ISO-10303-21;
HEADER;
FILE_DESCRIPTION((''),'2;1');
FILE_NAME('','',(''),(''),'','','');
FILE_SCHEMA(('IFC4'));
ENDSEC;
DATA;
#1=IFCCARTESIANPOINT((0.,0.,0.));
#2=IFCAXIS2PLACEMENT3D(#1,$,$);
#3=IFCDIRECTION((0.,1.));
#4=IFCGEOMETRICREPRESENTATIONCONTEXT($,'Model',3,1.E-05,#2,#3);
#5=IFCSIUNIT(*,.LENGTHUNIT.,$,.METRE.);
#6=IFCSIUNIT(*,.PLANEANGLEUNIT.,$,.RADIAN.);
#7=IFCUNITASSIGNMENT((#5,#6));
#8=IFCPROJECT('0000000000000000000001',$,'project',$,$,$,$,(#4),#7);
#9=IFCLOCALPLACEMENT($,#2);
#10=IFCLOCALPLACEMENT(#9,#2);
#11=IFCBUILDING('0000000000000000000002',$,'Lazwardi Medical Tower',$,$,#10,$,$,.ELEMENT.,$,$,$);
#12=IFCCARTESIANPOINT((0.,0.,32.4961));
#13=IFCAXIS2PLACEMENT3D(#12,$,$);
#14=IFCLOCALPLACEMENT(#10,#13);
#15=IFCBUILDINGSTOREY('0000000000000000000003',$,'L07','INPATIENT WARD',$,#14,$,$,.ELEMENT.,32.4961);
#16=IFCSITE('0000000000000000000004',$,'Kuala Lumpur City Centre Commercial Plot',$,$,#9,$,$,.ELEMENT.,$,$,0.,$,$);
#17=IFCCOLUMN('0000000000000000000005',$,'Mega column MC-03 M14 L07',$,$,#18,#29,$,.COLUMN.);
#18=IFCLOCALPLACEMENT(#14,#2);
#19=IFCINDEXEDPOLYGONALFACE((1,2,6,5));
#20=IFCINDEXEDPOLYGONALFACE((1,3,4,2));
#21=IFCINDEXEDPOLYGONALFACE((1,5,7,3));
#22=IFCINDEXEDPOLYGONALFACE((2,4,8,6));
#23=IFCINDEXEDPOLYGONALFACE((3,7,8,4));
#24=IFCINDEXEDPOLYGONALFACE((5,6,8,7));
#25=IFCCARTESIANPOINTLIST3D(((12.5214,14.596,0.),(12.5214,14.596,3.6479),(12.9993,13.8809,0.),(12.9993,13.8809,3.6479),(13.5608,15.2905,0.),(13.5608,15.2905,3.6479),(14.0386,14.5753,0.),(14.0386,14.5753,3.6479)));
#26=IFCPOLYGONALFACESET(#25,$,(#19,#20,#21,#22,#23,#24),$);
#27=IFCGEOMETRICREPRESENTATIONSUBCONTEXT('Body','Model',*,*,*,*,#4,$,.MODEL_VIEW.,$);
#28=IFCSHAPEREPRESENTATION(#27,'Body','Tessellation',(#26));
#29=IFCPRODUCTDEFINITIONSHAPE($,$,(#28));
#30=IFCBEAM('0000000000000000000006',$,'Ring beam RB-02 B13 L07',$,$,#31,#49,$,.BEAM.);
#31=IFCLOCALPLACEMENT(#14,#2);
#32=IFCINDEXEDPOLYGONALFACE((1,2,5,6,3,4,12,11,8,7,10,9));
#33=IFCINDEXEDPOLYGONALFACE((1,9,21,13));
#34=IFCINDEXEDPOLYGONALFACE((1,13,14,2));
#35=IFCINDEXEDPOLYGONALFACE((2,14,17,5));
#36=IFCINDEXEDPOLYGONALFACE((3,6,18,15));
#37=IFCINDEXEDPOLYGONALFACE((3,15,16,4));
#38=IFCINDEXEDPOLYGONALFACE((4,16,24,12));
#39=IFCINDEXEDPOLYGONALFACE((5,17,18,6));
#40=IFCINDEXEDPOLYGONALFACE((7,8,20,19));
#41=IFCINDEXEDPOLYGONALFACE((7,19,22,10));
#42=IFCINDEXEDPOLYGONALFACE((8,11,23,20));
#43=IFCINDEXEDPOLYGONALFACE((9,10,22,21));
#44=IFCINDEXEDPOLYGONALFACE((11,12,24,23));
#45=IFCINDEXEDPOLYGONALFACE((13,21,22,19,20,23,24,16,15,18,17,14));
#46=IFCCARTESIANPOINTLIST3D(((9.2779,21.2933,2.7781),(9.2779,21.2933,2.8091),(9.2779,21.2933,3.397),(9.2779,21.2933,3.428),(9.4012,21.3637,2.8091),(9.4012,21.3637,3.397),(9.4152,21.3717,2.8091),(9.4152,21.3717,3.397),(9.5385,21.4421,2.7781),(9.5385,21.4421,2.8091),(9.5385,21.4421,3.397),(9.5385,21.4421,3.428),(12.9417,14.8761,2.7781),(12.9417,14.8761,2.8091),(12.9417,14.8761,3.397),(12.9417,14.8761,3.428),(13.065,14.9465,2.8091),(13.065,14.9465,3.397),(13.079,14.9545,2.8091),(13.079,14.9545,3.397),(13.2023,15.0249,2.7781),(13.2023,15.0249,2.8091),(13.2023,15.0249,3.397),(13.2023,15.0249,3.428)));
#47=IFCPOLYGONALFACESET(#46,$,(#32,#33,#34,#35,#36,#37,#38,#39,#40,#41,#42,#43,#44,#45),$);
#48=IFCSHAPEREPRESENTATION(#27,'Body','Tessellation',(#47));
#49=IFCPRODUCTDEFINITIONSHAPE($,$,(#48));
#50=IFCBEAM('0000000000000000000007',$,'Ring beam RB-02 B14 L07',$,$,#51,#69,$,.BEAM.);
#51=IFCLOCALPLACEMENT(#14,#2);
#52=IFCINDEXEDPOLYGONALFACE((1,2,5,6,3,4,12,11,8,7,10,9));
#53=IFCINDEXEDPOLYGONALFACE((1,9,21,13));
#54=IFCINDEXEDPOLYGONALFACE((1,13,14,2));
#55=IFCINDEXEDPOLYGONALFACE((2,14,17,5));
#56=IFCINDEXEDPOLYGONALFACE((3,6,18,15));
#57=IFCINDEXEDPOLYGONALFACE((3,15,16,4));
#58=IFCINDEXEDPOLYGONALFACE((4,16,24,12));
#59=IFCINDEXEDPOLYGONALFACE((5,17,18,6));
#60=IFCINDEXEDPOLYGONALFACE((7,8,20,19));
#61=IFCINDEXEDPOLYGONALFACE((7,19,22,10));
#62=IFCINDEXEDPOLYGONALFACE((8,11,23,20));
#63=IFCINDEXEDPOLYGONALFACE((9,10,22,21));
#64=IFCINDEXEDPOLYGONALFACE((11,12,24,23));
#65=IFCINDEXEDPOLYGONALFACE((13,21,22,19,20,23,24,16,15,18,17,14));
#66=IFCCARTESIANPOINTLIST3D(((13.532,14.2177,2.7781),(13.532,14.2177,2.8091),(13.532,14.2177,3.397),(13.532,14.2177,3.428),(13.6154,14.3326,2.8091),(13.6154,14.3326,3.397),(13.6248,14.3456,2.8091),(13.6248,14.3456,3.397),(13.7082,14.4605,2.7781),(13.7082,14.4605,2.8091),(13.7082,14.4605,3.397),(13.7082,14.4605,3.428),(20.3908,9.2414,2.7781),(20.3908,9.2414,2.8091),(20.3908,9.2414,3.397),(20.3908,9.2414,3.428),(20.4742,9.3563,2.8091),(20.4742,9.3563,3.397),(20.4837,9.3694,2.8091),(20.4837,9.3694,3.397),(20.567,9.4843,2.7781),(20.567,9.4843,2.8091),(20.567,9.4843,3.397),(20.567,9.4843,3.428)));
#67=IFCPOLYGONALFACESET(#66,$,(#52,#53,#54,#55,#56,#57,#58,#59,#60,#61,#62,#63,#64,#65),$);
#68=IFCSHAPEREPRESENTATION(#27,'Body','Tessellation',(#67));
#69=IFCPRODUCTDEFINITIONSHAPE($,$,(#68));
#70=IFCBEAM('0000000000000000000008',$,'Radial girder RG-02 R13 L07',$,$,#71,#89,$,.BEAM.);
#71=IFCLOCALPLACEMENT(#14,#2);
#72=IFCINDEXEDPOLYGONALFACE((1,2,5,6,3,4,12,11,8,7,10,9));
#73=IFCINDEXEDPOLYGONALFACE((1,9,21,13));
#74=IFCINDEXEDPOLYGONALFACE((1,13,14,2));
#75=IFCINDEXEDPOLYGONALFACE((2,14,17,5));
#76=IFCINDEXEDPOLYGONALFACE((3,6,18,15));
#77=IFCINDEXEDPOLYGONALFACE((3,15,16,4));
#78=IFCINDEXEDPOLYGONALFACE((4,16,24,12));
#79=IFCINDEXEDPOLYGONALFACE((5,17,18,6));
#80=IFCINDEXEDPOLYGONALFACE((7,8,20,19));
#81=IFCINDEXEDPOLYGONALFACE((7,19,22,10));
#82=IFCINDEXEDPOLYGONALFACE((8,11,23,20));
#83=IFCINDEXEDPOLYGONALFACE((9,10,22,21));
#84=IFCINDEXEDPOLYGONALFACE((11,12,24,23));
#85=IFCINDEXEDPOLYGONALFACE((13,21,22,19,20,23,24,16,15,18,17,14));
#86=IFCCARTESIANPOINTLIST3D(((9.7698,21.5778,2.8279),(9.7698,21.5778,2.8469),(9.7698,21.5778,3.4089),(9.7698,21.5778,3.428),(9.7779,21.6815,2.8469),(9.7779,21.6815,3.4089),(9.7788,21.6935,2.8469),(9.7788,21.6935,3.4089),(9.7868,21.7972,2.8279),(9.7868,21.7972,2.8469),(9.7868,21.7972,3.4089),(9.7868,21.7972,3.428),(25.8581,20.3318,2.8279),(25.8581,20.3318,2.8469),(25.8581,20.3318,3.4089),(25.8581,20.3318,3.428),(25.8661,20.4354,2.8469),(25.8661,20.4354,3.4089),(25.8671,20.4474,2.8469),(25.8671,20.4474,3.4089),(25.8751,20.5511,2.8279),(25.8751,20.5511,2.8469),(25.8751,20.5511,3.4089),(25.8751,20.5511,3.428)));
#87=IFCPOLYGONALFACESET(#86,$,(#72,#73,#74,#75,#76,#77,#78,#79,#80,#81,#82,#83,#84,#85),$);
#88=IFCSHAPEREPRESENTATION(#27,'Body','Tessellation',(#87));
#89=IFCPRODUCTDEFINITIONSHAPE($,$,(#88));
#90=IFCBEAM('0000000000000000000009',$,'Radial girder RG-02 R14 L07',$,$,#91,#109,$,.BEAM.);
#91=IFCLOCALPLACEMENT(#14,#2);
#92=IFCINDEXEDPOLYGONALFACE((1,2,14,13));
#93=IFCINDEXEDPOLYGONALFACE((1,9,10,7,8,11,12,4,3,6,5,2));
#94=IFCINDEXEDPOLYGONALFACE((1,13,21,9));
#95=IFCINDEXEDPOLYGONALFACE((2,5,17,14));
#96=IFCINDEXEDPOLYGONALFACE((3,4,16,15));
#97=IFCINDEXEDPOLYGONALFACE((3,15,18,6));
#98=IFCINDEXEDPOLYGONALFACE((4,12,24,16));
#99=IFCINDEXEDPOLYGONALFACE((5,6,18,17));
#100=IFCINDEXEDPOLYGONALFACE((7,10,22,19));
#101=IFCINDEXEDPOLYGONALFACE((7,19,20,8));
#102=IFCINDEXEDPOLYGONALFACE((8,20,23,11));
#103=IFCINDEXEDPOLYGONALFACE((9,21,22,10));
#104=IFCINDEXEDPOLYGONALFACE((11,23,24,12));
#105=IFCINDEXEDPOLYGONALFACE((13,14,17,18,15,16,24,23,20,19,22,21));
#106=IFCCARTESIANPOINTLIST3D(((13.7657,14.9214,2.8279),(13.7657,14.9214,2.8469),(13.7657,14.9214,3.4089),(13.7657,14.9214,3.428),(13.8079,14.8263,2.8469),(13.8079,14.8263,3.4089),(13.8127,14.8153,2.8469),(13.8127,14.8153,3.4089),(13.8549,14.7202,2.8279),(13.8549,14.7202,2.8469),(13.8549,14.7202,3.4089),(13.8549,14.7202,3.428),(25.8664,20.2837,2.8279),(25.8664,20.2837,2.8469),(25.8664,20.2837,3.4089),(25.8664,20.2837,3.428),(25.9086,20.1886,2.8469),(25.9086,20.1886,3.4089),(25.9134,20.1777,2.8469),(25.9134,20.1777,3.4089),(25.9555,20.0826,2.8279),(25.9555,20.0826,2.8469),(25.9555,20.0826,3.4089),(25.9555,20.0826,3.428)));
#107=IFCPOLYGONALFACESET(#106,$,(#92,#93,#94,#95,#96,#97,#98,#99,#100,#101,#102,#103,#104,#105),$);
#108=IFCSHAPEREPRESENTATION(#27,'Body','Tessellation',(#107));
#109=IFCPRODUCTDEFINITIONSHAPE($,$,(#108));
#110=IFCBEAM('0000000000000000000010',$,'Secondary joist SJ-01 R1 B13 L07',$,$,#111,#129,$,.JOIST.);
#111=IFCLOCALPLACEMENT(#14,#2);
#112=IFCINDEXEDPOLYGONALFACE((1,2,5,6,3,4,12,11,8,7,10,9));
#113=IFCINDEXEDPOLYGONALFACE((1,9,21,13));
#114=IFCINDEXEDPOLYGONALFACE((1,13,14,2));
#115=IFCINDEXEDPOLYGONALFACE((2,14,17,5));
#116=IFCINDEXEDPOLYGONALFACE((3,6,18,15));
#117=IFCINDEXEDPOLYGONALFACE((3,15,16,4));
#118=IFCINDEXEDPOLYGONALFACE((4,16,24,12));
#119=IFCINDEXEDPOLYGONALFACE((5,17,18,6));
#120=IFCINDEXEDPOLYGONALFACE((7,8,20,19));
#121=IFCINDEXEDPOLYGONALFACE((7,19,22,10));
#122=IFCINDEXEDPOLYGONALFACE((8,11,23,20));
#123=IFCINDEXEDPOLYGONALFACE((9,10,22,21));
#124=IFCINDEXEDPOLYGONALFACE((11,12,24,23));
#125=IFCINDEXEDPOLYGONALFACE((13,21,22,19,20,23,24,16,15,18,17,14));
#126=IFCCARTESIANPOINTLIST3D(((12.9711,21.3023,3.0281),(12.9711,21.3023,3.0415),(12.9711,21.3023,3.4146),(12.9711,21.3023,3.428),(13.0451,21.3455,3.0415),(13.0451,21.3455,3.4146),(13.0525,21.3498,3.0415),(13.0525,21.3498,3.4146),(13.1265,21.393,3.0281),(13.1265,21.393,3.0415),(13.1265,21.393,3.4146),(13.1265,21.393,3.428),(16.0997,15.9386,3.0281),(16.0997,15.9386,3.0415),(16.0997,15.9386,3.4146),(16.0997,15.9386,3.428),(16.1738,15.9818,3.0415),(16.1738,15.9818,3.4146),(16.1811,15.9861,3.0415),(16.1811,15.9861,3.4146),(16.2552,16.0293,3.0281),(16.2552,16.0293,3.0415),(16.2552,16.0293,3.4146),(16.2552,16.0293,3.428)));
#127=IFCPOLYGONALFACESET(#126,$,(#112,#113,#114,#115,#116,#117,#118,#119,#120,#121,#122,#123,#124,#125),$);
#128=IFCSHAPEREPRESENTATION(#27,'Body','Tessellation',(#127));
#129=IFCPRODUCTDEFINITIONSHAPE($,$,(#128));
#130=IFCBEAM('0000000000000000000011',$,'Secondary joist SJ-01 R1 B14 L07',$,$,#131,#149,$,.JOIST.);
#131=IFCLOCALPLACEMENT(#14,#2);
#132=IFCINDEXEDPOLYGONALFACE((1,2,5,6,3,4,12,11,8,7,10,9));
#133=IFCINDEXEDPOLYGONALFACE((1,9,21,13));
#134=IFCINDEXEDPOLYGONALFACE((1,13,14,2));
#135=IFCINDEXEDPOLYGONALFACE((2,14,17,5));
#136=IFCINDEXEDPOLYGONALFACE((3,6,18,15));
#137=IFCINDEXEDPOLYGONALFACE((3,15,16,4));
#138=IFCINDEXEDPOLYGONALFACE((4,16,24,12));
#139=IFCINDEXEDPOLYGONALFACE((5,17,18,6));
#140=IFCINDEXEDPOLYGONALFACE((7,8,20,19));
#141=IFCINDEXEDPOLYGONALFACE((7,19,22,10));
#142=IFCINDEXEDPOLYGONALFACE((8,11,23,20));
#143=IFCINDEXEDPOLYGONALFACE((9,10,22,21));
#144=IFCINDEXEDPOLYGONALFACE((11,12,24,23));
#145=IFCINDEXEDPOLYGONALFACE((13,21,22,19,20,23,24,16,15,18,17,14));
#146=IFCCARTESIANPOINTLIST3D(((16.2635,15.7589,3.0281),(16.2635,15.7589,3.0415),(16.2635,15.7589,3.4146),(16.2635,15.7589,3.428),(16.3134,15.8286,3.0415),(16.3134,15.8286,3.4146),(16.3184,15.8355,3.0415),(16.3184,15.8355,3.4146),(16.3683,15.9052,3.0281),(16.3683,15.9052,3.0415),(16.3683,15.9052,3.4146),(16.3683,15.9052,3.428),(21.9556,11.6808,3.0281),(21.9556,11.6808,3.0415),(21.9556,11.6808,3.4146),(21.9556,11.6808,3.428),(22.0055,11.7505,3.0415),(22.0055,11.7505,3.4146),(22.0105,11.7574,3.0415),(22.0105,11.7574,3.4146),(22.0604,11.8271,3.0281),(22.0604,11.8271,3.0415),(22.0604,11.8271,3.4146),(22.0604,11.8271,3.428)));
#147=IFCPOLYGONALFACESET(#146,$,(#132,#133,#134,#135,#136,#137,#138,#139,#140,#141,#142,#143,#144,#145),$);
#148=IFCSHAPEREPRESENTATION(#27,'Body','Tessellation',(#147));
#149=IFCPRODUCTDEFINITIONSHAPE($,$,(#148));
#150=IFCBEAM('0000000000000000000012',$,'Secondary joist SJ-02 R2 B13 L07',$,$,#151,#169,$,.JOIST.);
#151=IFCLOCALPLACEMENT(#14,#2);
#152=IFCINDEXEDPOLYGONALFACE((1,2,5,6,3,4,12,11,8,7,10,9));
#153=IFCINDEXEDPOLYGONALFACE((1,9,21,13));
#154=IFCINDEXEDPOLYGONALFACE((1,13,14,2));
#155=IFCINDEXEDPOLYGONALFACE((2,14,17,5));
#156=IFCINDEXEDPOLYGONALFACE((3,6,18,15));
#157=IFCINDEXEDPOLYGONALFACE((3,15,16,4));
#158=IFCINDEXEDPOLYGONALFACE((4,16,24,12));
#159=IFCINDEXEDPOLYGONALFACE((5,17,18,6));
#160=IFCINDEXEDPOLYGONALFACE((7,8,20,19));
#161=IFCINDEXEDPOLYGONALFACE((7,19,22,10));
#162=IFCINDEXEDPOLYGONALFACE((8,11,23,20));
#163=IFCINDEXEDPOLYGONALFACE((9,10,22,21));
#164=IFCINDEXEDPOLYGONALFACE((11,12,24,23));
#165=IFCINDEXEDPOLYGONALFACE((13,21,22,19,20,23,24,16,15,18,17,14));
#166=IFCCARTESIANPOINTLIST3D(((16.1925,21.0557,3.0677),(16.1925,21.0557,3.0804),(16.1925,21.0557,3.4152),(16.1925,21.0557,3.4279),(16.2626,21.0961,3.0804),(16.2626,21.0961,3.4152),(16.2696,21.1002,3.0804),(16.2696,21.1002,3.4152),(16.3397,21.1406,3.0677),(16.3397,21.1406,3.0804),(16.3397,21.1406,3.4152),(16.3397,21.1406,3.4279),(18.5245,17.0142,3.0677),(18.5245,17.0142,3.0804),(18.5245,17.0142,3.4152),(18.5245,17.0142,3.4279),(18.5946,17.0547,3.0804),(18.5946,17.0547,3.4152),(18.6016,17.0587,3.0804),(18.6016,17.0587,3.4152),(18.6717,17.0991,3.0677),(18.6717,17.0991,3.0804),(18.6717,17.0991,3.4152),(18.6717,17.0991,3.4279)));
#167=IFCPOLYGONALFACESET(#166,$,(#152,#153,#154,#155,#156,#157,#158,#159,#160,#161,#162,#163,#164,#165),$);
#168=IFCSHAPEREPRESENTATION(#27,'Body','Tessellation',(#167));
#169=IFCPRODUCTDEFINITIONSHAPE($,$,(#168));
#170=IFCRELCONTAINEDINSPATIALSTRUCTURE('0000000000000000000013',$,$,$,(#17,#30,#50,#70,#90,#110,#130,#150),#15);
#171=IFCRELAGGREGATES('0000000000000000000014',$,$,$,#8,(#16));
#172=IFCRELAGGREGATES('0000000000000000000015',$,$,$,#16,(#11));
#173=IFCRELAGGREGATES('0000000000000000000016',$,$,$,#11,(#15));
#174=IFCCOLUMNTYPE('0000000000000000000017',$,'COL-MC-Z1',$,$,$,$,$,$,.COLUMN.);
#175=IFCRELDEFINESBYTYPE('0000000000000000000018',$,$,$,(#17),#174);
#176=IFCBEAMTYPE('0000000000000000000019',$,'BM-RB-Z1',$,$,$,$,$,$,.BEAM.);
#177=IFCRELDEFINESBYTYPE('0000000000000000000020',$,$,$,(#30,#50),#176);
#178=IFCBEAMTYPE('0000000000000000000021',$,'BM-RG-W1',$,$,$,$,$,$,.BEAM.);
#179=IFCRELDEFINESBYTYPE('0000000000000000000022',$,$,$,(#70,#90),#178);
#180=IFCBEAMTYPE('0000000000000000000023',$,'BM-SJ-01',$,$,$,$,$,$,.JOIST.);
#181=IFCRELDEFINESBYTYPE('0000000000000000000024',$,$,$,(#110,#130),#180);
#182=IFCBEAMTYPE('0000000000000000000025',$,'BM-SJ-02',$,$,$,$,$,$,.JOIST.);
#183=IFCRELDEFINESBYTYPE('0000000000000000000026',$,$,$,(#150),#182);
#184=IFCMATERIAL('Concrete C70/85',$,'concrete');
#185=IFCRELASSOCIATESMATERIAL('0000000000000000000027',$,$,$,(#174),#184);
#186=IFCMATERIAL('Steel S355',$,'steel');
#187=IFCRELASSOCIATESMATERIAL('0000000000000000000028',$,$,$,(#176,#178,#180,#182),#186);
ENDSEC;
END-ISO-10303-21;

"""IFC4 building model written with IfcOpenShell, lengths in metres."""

from ifc_helpers import new_model, si_unit, direction, frame, origin, origin_2d, place, context, subcontext, project, spatial, rectangle, i_section, extrude, material, material_profile, profile_set, type_object, element, save


model = new_model("IFC4")

# Units and contexts
model_context = context("Model", 3, precision=1e-05, world=origin(), true_north=direction((0.0, 1.0)))
body_context = subcontext(model_context, "Body", "Model", "MODEL_VIEW")
ifc_project = project(units=[si_unit("LENGTHUNIT", "METRE"), si_unit("PLANEANGLEUNIT", "RADIAN")], contexts=[model_context])

# Site, building, storey
site_placement = place(None, origin())
site = spatial("IfcSite", under=ifc_project, at=site_placement, Name="Kuala Lumpur City Centre Commercial Plot", CompositionType="ELEMENT", RefElevation=0.0)
building_placement = place(site_placement, origin())
building = spatial("IfcBuilding", under=site, at=building_placement, Name="Lazwardi Medical Tower", CompositionType="ELEMENT")
storey_placement = place(building_placement, frame((0.0, 0.0, 32.4961)))
storey = spatial("IfcBuildingStorey", under=building, at=storey_placement, Name="L07", Description="INPATIENT WARD", CompositionType="ELEMENT", Elevation=32.4961)

# Column
ifc_material_1 = material(Name="Concrete C70/85", Category="concrete")
ifc_material_profile_1 = material_profile(ifc_material_1, rectangle(XDim=1.25, YDim=0.8601, at=origin_2d()), Name="CFT-RECT 1250x860")
ifc_profile_set_1 = profile_set([ifc_material_profile_1], Name="Concrete C70/85")
column_type = type_object("IfcColumnType", Name="COL-MC-Z1", PredefinedType="COLUMN", material=ifc_profile_set_1)
column_placement = place(storey_placement, frame((13.28, 14.5857, 0.0), z_axis=(0.0, 0.0, 1.0), x_axis=(-0.83147, -0.55557, 0.0)))
element("IfcColumn", 1, at=column_placement, inside=storey, type_object=column_type, Name="Mega column MC-03 M14 L07", PredefinedType="COLUMN", context=body_context, shape_type="SweptSolid", body=[
    extrude(rectangle(XDim=1.25, YDim=0.8601, at=origin_2d()), origin(), (0.0, 0.0, 1.0), 3.6479),
])

# Beams
ifc_material_2 = material(Name="Steel S355", Category="steel")
ifc_material_profile_2 = material_profile(ifc_material_2, i_section(OverallWidth=0.3, OverallDepth=0.6499, WebThickness=0.0161, FlangeThickness=0.031, at=origin_2d()), Name="HEB 650")
ifc_profile_set_2 = profile_set([ifc_material_profile_2], Name="Steel S355")
beam_type_1 = type_object("IfcBeamType", Name="BM-RB-Z1", PredefinedType="BEAM", material=ifc_profile_set_2)
beam_1_placement = place(storey_placement, frame((9.4082, 21.3677, 3.103), z_axis=(0.495815, -0.868428, 0.0), x_axis=(0.868428, 0.495815, 0.0)))
element("IfcBeam", 2, at=beam_1_placement, inside=storey, type_object=beam_type_1, Name="Ring beam RB-02 B13 L07", PredefinedType="BEAM", context=body_context, shape_type="SweptSolid", body=[
    extrude(i_section(OverallWidth=0.3, OverallDepth=0.6499, WebThickness=0.0161, FlangeThickness=0.031, at=origin_2d()), origin(), (0.0, 0.0, 1.0), 7.3894),
])
beam_2_placement = place(storey_placement, frame((13.6201, 14.3391, 3.103), z_axis=(0.809407, -0.587248, 0.0), x_axis=(0.587248, 0.809407, 0.0)))
element("IfcBeam", 3, at=beam_2_placement, inside=storey, type_object=beam_type_1, Name="Ring beam RB-02 B14 L07", PredefinedType="BEAM", context=body_context, shape_type="SweptSolid", body=[
    extrude(i_section(OverallWidth=0.3, OverallDepth=0.6499, WebThickness=0.0161, FlangeThickness=0.031, at=origin_2d()), origin(), (0.0, 0.0, 1.0), 8.4739),
])
ifc_material_profile_3 = material_profile(ifc_material_2, i_section(OverallWidth=0.22, OverallDepth=0.6001, WebThickness=0.012, FlangeThickness=0.019, at=origin_2d()), Name="IPE 600")
ifc_profile_set_3 = profile_set([ifc_material_profile_3], Name="Steel S355")
beam_type_2 = type_object("IfcBeamType", Name="BM-RG-W1", PredefinedType="BEAM", material=ifc_profile_set_3)
beam_3_placement = place(storey_placement, frame((9.7783, 21.6875, 3.1279), z_axis=(0.997014, -0.077222, 0.0), x_axis=(0.077222, 0.997014, 0.0)))
element("IfcBeam", 4, at=beam_3_placement, inside=storey, type_object=beam_type_2, Name="Radial girder RG-02 R13 L07", PredefinedType="BEAM", context=body_context, shape_type="SweptSolid", body=[
    extrude(i_section(OverallWidth=0.22, OverallDepth=0.6001, WebThickness=0.012, FlangeThickness=0.019, at=origin_2d()), origin(), (0.0, 0.0, 1.0), 16.1365),
])
beam_4_placement = place(storey_placement, frame((13.8103, 14.8208, 3.1279), z_axis=(0.914252, 0.405146, 0.0), x_axis=(-0.405146, 0.914252, 0.0)))
element("IfcBeam", 5, at=beam_4_placement, inside=storey, type_object=beam_type_2, Name="Radial girder RG-02 R14 L07", PredefinedType="BEAM", context=body_context, shape_type="SweptSolid", body=[
    extrude(i_section(OverallWidth=0.22, OverallDepth=0.6001, WebThickness=0.012, FlangeThickness=0.019, at=origin_2d()), origin(), (0.0, 0.0, 1.0), 13.2356),
])
ifc_material_profile_4 = material_profile(ifc_material_2, i_section(OverallWidth=0.1799, OverallDepth=0.3999, WebThickness=0.0085, FlangeThickness=0.0134, at=origin_2d()), Name="IPE 400")
ifc_profile_set_4 = profile_set([ifc_material_profile_4], Name="Steel S355")
beam_type_3 = type_object("IfcBeamType", Name="BM-SJ-01", PredefinedType="JOIST", material=ifc_profile_set_4)
beam_5_placement = place(storey_placement, frame((13.0488, 21.3477, 3.228), z_axis=(0.503847, -0.863793, 0.0), x_axis=(0.863793, 0.503847, 0.0)))
element("IfcBeam", 6, at=beam_5_placement, inside=storey, type_object=beam_type_3, Name="Secondary joist SJ-01 R1 B13 L07", PredefinedType="JOIST", context=body_context, shape_type="SweptSolid", body=[
    extrude(i_section(OverallWidth=0.1799, OverallDepth=0.3999, WebThickness=0.0085, FlangeThickness=0.0134, at=origin_2d()), origin(), (0.0, 0.0, 1.0), 6.2095),
])
beam_6_placement = place(storey_placement, frame((16.3159, 15.832, 3.228), z_axis=(0.812901, -0.582402, 0.0), x_axis=(0.582402, 0.812901, 0.0)))
element("IfcBeam", 7, at=beam_6_placement, inside=storey, type_object=beam_type_3, Name="Secondary joist SJ-01 R1 B14 L07", PredefinedType="JOIST", context=body_context, shape_type="SweptSolid", body=[
    extrude(i_section(OverallWidth=0.1799, OverallDepth=0.3999, WebThickness=0.0085, FlangeThickness=0.0134, at=origin_2d()), origin(), (0.0, 0.0, 1.0), 7.0022),
])
ifc_material_profile_5 = material_profile(ifc_material_2, i_section(OverallWidth=0.1699, OverallDepth=0.3601, WebThickness=0.0081, FlangeThickness=0.0127, at=origin_2d()), Name="IPE 360")
ifc_profile_set_5 = profile_set([ifc_material_profile_5], Name="Steel S355")
beam_type_4 = type_object("IfcBeamType", Name="BM-SJ-02", PredefinedType="JOIST", material=ifc_profile_set_5)
beam_7_placement = place(storey_placement, frame((16.2661, 21.0981, 3.2478), z_axis=(0.499786, -0.866149, 0.0), x_axis=(0.866149, 0.499786, 0.0)))
element("IfcBeam", 8, at=beam_7_placement, inside=storey, type_object=beam_type_4, Name="Secondary joist SJ-02 R2 B13 L07", PredefinedType="JOIST", context=body_context, shape_type="SweptSolid", body=[
    extrude(i_section(OverallWidth=0.1699, OverallDepth=0.3601, WebThickness=0.0081, FlangeThickness=0.0127, at=origin_2d()), origin(), (0.0, 0.0, 1.0), 4.666),
])

save(model, "model.ifc")
